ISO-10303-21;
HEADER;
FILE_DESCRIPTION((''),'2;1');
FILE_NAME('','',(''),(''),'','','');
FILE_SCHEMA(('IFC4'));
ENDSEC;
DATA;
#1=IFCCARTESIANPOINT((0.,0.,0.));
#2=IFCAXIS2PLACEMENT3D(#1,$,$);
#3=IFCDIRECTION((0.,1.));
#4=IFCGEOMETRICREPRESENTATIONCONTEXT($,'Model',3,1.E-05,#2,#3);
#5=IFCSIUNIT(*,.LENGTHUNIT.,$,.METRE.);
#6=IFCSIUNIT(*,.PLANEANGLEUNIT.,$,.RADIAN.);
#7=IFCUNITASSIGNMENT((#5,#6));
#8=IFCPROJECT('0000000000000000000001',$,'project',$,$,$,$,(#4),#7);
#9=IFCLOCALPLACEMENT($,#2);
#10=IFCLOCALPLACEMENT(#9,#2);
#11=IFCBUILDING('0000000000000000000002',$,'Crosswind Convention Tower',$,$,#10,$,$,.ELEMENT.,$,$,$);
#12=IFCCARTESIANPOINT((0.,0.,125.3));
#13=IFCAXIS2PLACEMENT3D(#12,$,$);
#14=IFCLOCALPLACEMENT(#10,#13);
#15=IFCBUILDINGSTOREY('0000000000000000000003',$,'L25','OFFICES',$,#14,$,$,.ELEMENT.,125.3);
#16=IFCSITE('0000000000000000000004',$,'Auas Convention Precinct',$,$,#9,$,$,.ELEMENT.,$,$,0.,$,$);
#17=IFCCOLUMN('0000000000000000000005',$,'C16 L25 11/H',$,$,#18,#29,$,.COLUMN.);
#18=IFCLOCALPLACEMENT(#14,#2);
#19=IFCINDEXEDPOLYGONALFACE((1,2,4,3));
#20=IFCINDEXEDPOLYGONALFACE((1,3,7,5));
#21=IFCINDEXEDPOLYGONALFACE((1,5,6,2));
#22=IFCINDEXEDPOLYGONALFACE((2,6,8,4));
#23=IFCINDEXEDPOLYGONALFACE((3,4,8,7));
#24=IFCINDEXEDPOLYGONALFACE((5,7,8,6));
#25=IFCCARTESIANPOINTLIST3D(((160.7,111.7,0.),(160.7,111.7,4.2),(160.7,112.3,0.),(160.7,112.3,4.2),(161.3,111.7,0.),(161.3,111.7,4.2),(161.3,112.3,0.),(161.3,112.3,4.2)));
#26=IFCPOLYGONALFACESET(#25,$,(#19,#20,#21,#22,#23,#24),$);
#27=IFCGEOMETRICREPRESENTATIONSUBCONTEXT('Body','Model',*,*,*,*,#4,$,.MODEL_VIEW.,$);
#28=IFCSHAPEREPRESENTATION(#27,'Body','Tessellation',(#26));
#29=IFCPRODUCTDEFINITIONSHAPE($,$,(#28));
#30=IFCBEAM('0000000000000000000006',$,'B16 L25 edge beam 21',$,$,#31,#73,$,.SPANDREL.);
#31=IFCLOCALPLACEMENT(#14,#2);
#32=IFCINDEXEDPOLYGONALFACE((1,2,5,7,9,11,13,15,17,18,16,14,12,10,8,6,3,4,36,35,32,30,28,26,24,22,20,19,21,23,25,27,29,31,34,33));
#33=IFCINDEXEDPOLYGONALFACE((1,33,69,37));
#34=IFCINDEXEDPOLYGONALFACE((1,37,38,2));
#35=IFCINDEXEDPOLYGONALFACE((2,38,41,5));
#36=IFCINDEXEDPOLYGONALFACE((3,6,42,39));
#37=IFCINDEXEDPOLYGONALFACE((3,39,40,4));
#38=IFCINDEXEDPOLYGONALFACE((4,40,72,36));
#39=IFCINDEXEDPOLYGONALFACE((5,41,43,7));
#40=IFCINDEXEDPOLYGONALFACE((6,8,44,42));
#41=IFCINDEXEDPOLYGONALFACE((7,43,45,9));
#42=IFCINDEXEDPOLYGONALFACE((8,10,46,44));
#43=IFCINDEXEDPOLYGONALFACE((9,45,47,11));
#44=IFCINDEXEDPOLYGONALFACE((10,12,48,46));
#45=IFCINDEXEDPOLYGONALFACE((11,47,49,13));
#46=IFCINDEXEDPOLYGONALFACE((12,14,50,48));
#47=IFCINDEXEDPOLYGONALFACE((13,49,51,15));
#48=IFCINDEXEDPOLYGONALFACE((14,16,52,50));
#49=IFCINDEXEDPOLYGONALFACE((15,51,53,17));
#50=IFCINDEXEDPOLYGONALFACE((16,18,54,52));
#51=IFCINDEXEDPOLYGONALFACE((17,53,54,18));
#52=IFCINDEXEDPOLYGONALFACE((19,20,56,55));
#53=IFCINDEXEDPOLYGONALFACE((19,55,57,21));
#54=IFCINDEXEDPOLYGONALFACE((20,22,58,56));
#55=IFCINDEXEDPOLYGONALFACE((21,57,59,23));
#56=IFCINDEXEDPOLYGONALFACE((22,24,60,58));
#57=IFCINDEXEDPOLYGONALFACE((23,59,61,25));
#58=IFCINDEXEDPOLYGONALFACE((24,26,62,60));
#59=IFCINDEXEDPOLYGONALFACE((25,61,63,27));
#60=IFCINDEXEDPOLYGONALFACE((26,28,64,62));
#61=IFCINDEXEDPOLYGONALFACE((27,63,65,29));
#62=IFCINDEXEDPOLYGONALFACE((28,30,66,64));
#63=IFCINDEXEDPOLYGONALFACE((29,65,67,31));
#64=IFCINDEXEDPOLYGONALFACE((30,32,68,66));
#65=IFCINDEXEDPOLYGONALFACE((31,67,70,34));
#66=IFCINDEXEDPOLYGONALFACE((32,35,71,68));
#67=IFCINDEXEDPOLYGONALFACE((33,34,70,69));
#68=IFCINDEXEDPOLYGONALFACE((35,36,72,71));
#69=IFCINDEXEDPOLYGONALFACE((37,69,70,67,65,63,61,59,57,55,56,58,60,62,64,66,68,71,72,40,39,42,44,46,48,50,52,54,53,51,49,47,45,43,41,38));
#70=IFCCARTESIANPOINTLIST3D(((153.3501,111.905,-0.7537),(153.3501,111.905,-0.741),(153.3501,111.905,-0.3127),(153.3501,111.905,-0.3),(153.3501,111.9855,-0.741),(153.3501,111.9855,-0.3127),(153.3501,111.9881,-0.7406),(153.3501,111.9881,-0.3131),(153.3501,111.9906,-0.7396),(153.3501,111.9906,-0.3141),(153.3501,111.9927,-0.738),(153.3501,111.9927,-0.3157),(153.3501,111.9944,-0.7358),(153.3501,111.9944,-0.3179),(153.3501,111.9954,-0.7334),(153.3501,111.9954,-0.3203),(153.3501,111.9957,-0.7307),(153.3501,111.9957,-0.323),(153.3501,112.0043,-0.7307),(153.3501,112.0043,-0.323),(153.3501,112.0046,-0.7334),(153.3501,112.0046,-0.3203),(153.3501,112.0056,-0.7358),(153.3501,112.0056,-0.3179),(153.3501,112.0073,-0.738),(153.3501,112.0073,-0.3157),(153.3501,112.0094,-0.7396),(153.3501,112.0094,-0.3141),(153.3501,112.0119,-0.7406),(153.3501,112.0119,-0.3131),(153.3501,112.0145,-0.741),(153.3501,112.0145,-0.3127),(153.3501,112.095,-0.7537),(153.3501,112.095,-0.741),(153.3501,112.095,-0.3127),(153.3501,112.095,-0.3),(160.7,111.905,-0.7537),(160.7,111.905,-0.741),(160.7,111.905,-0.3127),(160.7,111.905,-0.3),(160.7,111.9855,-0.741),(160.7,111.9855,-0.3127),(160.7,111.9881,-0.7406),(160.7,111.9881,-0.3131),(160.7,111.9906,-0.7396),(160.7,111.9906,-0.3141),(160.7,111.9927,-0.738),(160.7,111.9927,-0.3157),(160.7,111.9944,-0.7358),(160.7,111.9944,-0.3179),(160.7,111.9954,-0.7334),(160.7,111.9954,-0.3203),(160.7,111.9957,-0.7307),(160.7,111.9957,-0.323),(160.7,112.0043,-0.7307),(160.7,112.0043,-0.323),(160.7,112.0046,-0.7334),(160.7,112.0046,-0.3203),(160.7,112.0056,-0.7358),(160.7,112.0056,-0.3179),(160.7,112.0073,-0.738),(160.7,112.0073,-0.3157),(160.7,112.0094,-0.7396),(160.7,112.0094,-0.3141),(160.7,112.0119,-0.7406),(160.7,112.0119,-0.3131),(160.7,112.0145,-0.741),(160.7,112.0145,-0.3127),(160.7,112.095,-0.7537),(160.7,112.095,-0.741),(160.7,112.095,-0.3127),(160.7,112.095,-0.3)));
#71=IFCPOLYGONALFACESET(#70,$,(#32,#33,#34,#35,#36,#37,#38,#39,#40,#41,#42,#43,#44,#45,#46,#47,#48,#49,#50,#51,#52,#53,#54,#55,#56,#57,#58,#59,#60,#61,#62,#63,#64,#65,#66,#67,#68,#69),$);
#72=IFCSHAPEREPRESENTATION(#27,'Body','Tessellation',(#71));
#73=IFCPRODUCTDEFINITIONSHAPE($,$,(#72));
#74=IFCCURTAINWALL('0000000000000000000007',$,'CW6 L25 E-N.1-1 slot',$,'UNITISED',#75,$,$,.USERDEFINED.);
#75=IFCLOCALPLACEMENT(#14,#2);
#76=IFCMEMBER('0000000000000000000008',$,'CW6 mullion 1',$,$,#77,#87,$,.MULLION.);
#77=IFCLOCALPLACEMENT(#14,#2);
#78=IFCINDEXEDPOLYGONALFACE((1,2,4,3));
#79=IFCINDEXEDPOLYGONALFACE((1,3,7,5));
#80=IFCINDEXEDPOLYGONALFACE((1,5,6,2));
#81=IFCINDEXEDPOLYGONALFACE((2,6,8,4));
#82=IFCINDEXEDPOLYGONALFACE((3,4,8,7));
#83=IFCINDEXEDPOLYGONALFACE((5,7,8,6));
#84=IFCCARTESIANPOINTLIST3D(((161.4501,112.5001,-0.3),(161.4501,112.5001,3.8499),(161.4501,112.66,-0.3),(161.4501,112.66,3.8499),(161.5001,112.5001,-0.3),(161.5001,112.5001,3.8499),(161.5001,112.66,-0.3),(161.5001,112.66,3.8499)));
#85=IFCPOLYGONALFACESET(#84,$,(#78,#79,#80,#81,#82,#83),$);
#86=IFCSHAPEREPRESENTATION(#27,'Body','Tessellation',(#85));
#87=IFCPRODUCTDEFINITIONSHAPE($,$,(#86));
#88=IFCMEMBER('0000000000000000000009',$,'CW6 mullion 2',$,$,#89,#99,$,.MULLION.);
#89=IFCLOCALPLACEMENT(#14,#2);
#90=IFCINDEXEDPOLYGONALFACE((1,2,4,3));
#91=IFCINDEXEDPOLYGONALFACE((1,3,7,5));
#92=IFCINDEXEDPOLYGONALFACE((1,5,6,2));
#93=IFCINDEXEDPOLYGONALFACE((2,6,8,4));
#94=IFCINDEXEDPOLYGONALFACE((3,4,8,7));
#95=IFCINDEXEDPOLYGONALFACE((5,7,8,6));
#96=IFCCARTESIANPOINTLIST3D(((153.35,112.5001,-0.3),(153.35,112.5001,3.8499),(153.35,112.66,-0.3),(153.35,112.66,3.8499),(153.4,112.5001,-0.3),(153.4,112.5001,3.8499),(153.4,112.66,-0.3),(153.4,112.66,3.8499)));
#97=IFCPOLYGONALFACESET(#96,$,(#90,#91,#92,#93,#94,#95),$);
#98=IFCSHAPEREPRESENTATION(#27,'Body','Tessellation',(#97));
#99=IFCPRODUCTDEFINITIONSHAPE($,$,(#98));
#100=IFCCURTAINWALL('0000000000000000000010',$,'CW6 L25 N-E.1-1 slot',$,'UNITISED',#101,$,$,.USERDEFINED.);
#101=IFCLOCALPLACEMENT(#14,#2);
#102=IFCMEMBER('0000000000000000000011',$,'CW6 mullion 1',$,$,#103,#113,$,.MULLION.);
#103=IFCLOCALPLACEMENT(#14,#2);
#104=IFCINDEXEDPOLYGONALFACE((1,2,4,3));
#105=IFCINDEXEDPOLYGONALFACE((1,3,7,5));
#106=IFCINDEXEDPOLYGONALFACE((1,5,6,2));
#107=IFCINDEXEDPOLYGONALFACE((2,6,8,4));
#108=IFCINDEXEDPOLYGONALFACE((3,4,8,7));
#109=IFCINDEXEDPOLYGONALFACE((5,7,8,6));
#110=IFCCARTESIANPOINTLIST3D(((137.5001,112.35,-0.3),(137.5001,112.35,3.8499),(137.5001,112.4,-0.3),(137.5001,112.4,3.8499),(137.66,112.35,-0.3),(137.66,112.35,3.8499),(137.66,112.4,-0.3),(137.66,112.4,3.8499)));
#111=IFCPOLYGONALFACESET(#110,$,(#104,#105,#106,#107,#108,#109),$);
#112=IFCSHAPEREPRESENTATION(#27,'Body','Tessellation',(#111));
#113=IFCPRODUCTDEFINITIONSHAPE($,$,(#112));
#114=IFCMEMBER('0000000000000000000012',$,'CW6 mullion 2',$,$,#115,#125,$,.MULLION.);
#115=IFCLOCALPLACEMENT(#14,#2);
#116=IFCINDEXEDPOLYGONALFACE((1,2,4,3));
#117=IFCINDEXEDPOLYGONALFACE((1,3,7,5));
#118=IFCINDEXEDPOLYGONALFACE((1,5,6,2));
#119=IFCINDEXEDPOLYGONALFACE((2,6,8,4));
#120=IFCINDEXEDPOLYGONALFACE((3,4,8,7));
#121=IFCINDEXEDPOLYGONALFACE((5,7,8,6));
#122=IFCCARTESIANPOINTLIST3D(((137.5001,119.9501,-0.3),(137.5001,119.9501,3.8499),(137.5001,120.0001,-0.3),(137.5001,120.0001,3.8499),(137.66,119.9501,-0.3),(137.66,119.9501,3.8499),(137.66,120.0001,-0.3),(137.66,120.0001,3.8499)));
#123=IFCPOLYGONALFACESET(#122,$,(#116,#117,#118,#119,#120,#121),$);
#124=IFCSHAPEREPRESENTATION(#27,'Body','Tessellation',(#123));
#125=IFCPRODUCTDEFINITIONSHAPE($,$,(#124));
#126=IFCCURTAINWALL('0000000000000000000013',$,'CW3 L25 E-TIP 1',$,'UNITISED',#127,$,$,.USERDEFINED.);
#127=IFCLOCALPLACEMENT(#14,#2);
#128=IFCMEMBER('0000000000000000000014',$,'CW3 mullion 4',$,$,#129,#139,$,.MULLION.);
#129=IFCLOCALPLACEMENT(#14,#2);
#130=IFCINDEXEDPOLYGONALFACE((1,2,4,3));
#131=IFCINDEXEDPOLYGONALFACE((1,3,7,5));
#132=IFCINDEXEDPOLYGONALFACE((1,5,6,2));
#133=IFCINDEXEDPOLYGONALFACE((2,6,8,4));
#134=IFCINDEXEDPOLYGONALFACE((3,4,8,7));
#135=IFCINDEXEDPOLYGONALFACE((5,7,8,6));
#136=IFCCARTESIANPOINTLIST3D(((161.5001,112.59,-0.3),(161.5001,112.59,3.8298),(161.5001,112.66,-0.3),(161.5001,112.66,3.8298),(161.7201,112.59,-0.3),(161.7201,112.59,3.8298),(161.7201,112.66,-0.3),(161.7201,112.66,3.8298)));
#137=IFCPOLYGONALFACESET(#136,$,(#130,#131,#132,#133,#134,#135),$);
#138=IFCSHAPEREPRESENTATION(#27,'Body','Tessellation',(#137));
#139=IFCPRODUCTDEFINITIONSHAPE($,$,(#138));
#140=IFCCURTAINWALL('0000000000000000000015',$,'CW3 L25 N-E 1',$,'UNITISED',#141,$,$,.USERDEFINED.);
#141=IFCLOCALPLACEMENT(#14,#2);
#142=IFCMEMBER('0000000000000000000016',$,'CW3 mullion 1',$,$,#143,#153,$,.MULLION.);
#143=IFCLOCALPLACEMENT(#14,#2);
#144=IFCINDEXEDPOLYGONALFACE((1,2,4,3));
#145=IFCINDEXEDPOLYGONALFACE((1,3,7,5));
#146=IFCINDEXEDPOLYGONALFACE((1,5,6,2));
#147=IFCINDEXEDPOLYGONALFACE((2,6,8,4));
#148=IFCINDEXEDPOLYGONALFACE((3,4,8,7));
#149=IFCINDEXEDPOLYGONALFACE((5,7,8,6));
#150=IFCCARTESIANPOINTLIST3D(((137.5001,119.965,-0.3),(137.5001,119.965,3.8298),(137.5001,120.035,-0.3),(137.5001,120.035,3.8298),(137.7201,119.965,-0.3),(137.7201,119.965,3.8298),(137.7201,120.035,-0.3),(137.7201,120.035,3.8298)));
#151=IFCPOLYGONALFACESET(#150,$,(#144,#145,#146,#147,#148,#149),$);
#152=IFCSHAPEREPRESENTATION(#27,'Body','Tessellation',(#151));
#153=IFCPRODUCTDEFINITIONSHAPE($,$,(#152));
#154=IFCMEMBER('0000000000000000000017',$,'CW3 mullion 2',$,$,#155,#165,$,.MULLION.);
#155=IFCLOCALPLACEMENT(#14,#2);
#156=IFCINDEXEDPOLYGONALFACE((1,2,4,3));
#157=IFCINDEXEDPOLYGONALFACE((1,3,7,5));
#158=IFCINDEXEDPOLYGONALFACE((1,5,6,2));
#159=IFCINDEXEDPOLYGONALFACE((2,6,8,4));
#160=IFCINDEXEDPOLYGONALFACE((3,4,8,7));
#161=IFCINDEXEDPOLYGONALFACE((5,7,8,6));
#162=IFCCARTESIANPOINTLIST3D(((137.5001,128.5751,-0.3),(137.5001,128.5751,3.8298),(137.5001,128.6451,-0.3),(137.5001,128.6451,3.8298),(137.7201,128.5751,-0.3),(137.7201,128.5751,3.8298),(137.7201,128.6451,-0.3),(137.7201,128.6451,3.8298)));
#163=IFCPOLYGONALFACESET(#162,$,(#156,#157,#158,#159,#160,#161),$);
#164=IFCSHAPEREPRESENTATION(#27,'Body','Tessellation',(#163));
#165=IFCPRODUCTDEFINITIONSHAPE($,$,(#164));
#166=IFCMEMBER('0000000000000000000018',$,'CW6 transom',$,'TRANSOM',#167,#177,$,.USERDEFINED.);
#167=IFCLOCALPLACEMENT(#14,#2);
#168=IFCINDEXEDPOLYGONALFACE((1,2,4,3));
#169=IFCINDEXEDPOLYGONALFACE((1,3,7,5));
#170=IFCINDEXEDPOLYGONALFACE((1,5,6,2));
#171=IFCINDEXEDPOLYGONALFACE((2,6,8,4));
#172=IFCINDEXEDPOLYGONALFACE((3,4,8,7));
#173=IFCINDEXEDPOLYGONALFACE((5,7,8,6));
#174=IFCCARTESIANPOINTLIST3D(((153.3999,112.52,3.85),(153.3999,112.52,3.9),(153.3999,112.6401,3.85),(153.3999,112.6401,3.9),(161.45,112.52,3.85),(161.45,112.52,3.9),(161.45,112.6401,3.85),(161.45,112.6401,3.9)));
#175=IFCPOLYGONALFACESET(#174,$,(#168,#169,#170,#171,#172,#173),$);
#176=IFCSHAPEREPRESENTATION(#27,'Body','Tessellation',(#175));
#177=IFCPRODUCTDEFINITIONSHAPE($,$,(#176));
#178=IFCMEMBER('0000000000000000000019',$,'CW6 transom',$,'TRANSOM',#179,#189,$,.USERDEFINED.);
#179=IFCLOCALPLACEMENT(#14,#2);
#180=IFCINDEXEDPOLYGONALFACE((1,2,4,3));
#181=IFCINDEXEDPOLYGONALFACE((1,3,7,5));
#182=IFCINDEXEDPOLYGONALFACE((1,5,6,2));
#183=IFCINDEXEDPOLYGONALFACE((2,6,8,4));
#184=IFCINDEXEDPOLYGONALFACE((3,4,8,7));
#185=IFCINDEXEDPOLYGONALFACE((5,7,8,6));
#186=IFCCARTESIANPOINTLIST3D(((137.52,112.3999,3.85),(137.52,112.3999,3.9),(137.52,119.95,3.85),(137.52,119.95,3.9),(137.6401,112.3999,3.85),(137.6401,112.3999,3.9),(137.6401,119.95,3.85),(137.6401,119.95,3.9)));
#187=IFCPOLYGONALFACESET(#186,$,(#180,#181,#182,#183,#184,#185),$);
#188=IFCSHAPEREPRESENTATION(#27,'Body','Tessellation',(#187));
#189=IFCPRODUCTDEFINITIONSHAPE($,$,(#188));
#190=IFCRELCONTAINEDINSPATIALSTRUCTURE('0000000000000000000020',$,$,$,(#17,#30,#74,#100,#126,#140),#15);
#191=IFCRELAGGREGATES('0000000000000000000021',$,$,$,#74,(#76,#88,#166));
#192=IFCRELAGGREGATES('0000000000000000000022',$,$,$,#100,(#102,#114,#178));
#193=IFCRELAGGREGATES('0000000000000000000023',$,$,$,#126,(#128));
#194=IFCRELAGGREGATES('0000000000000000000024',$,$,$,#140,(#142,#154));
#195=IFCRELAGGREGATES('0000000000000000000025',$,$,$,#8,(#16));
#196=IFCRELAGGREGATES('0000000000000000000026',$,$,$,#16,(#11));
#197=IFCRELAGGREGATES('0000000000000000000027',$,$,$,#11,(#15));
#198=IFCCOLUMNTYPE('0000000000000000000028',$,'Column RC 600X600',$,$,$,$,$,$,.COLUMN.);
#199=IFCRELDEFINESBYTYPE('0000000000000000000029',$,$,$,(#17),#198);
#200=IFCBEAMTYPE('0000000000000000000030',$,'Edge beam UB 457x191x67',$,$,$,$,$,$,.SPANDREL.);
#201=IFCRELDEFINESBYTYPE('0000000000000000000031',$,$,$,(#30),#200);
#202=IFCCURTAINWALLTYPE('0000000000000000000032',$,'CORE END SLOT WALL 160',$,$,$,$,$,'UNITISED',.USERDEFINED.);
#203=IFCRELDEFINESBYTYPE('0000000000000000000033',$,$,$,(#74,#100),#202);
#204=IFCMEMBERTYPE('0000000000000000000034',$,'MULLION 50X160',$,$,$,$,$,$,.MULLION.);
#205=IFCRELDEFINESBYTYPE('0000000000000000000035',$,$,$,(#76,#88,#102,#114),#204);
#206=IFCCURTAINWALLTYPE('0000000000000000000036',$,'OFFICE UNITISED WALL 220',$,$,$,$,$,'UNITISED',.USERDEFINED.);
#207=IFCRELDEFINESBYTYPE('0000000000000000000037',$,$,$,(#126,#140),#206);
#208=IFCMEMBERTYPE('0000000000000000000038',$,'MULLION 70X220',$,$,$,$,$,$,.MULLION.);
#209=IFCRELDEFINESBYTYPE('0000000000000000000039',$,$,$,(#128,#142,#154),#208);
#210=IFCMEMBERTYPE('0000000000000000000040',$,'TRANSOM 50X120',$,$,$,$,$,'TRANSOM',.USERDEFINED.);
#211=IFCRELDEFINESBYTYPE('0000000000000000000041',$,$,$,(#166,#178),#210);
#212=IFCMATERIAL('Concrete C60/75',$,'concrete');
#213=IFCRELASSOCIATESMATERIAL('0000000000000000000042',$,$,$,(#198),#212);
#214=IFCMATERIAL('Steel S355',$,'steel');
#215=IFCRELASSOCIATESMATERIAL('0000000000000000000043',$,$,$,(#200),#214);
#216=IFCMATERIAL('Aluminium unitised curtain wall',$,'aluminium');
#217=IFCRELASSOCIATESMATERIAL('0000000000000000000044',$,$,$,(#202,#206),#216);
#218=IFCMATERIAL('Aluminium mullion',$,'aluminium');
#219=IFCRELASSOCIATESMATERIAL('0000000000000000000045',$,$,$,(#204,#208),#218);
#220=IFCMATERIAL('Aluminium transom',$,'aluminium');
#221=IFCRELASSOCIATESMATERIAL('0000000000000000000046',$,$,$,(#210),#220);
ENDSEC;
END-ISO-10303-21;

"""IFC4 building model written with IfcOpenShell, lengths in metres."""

from ifc_helpers import new_model, si_unit, direction, frame, origin, origin_2d, place, context, subcontext, project, spatial, rectangle, i_section, extrude, material, material_profile, profile_set, type_object, element, aggregate, save


model = new_model("IFC4")

# Units and contexts
model_context = context("Model", 3, precision=1e-05, world=origin(), true_north=direction((0.0, 1.0)))
body_context = subcontext(model_context, "Body", "Model", "MODEL_VIEW")
ifc_project = project(units=[si_unit("LENGTHUNIT", "METRE"), si_unit("PLANEANGLEUNIT", "RADIAN")], contexts=[model_context])

# Site, building, storey
site_placement = place(None, origin())
site = spatial("IfcSite", under=ifc_project, at=site_placement, Name="Auas Convention Precinct", CompositionType="ELEMENT", RefElevation=0.0)
building_placement = place(site_placement, origin())
building = spatial("IfcBuilding", under=site, at=building_placement, Name="Crosswind Convention Tower", CompositionType="ELEMENT")
storey_placement = place(building_placement, frame((0.0, 0.0, 125.3)))
storey = spatial("IfcBuildingStorey", under=building, at=storey_placement, Name="L25", Description="OFFICES", CompositionType="ELEMENT", Elevation=125.3)

# Column
ifc_material_1 = material(Name="Concrete C60/75", Category="concrete")
ifc_material_profile_1 = material_profile(ifc_material_1, rectangle(XDim=0.6001, YDim=0.6001, at=origin_2d()), Name="RC 600X600")
ifc_profile_set_1 = profile_set([ifc_material_profile_1], Name="Concrete C60/75")
column_type = type_object("IfcColumnType", Name="Column RC 600X600", PredefinedType="COLUMN", material=ifc_profile_set_1)
column_placement = place(storey_placement, frame((161.0, 112.0, 0.0), z_axis=(0.0, 0.0, 1.0), x_axis=(1.0, 0.0, 0.0)))
element("IfcColumn", 1, at=column_placement, inside=storey, type_object=column_type, Name="C16 L25 11/H", PredefinedType="COLUMN", context=body_context, shape_type="SweptSolid", body=[
    extrude(rectangle(XDim=0.6001, YDim=0.6001, at=origin_2d()), origin(), (0.0, 0.0, 1.0), 4.2),
])

# Beam
ifc_material_2 = material(Name="Steel S355", Category="steel")
ifc_material_profile_2 = material_profile(ifc_material_2, i_section(OverallWidth=0.1899, OverallDepth=0.4536, WebThickness=0.0085, FlangeThickness=0.0127, FilletRadius=0.0103, at=origin_2d()), Name="UB 457x191x67")
ifc_profile_set_2 = profile_set([ifc_material_profile_2], Name="Steel S355")
beam_type = type_object("IfcBeamType", Name="Edge beam UB 457x191x67", PredefinedType="SPANDREL", material=ifc_profile_set_2)
beam_placement = place(storey_placement, frame((153.3501, 112.0, -0.5269), z_axis=(1.0, 0.0, 0.0), x_axis=(0.0, 1.0, 0.0)))
element("IfcBeam", 2, at=beam_placement, inside=storey, type_object=beam_type, Name="B16 L25 edge beam 21", PredefinedType="SPANDREL", context=body_context, shape_type="SweptSolid", body=[
    extrude(i_section(OverallWidth=0.1899, OverallDepth=0.4536, WebThickness=0.0085, FlangeThickness=0.0127, FilletRadius=0.0103, at=origin_2d()), origin(), (0.0, 0.0, 1.0), 7.3499),
])

# Curtain walls, members
ifc_material_3 = material(Name="Aluminium unitised curtain wall", Category="aluminium")
curtain_wall_type_1 = type_object("IfcCurtainWallType", Name="CORE END SLOT WALL 160", ElementType="UNITISED", PredefinedType="USERDEFINED", material=ifc_material_3)
curtain_wall_1_placement = place(storey_placement, origin())
curtain_wall_1 = element("IfcCurtainWall", 3, at=curtain_wall_1_placement, inside=storey, type_object=curtain_wall_type_1, Name="CW6 L25 E-N.1-1 slot", ObjectType="UNITISED", PredefinedType="USERDEFINED")
ifc_material_4 = material(Name="Aluminium mullion", Category="aluminium")
ifc_material_profile_3 = material_profile(ifc_material_4, rectangle(XDim=0.1599, YDim=0.05, at=origin_2d()), Name="AL 160X50")
ifc_profile_set_3 = profile_set([ifc_material_profile_3], Name="Aluminium mullion")
member_type_1 = type_object("IfcMemberType", Name="MULLION 50X160", PredefinedType="MULLION", material=ifc_profile_set_3)
member_1_placement = place(storey_placement, frame((161.4751, 112.5801, -0.3), z_axis=(0.0, 0.0, 1.0), x_axis=(0.0, 1.0, 0.0)))
member_1 = element("IfcMember", 4, at=member_1_placement, type_object=member_type_1, Name="CW6 mullion 1", PredefinedType="MULLION", context=body_context, shape_type="SweptSolid", body=[
    extrude(rectangle(XDim=0.1599, YDim=0.05, at=origin_2d()), origin(), (0.0, 0.0, 1.0), 4.1499),
])
member_2_placement = place(storey_placement, frame((153.375, 112.5801, -0.3), z_axis=(0.0, 0.0, 1.0), x_axis=(0.0, 1.0, 0.0)))
member_2 = element("IfcMember", 5, at=member_2_placement, type_object=member_type_1, Name="CW6 mullion 2", PredefinedType="MULLION", context=body_context, shape_type="SweptSolid", body=[
    extrude(rectangle(XDim=0.1599, YDim=0.05, at=origin_2d()), origin(), (0.0, 0.0, 1.0), 4.1499),
])
curtain_wall_2_placement = place(storey_placement, origin())
curtain_wall_2 = element("IfcCurtainWall", 6, at=curtain_wall_2_placement, inside=storey, type_object=curtain_wall_type_1, Name="CW6 L25 N-E.1-1 slot", ObjectType="UNITISED", PredefinedType="USERDEFINED")
member_3_placement = place(storey_placement, frame((137.5801, 112.375, -0.3), z_axis=(0.0, 0.0, 1.0), x_axis=(1.0, 0.0, 0.0)))
member_3 = element("IfcMember", 7, at=member_3_placement, type_object=member_type_1, Name="CW6 mullion 1", PredefinedType="MULLION", context=body_context, shape_type="SweptSolid", body=[
    extrude(rectangle(XDim=0.1599, YDim=0.05, at=origin_2d()), origin(), (0.0, 0.0, 1.0), 4.1499),
])
member_4_placement = place(storey_placement, frame((137.5801, 119.9751, -0.3), z_axis=(0.0, 0.0, 1.0), x_axis=(1.0, 0.0, 0.0)))
member_4 = element("IfcMember", 8, at=member_4_placement, type_object=member_type_1, Name="CW6 mullion 2", PredefinedType="MULLION", context=body_context, shape_type="SweptSolid", body=[
    extrude(rectangle(XDim=0.1599, YDim=0.05, at=origin_2d()), origin(), (0.0, 0.0, 1.0), 4.1499),
])

# Curtain wall, member
curtain_wall_type_2 = type_object("IfcCurtainWallType", Name="OFFICE UNITISED WALL 220", ElementType="UNITISED", PredefinedType="USERDEFINED", material=ifc_material_3)
curtain_wall_3_placement = place(storey_placement, origin())
curtain_wall_3 = element("IfcCurtainWall", 9, at=curtain_wall_3_placement, inside=storey, type_object=curtain_wall_type_2, Name="CW3 L25 E-TIP 1", ObjectType="UNITISED", PredefinedType="USERDEFINED")
ifc_material_profile_4 = material_profile(ifc_material_4, rectangle(XDim=0.22, YDim=0.0701, at=origin_2d()), Name="AL 220X70")
ifc_profile_set_4 = profile_set([ifc_material_profile_4], Name="Aluminium mullion")
member_type_2 = type_object("IfcMemberType", Name="MULLION 70X220", PredefinedType="MULLION", material=ifc_profile_set_4)
member_5_placement = place(storey_placement, frame((161.6101, 112.625, -0.3), z_axis=(0.0, 0.0, 1.0), x_axis=(1.0, 0.0, 0.0)))
member_5 = element("IfcMember", 10, at=member_5_placement, type_object=member_type_2, Name="CW3 mullion 4", PredefinedType="MULLION", context=body_context, shape_type="SweptSolid", body=[
    extrude(rectangle(XDim=0.22, YDim=0.0701, at=origin_2d()), origin(), (0.0, 0.0, 1.0), 4.1299),
])

# Curtain wall, members
curtain_wall_4_placement = place(storey_placement, origin())
curtain_wall_4 = element("IfcCurtainWall", 11, at=curtain_wall_4_placement, inside=storey, type_object=curtain_wall_type_2, Name="CW3 L25 N-E 1", ObjectType="UNITISED", PredefinedType="USERDEFINED")
member_6_placement = place(storey_placement, frame((137.6101, 120.0, -0.3), z_axis=(0.0, 0.0, 1.0), x_axis=(1.0, 0.0, 0.0)))
member_6 = element("IfcMember", 12, at=member_6_placement, type_object=member_type_2, Name="CW3 mullion 1", PredefinedType="MULLION", context=body_context, shape_type="SweptSolid", body=[
    extrude(rectangle(XDim=0.22, YDim=0.0701, at=origin_2d()), origin(), (0.0, 0.0, 1.0), 4.1299),
])
member_7_placement = place(storey_placement, frame((137.6101, 128.6101, -0.3), z_axis=(0.0, 0.0, 1.0), x_axis=(1.0, 0.0, 0.0)))
member_7 = element("IfcMember", 13, at=member_7_placement, type_object=member_type_2, Name="CW3 mullion 2", PredefinedType="MULLION", context=body_context, shape_type="SweptSolid", body=[
    extrude(rectangle(XDim=0.22, YDim=0.0701, at=origin_2d()), origin(), (0.0, 0.0, 1.0), 4.1299),
])

# Members
ifc_material_5 = material(Name="Aluminium transom", Category="aluminium")
ifc_material_profile_5 = material_profile(ifc_material_5, rectangle(XDim=0.1201, YDim=0.05, at=origin_2d()), Name="AL 120X50")
ifc_profile_set_5 = profile_set([ifc_material_profile_5], Name="Aluminium transom")
member_type_3 = type_object("IfcMemberType", Name="TRANSOM 50X120", ElementType="TRANSOM", PredefinedType="USERDEFINED", material=ifc_profile_set_5)
member_8_placement = place(storey_placement, frame((161.45, 112.5801, 3.875), z_axis=(-1.0, 0.0, 0.0), x_axis=(0.0, -1.0, 0.0)))
member_8 = element("IfcMember", 14, at=member_8_placement, type_object=member_type_3, Name="CW6 transom", ObjectType="TRANSOM", PredefinedType="USERDEFINED", context=body_context, shape_type="SweptSolid", body=[
    extrude(rectangle(XDim=0.1201, YDim=0.05, at=origin_2d()), origin(), (0.0, 0.0, 1.0), 8.05),
])
member_9_placement = place(storey_placement, frame((137.5801, 112.3999, 3.875), z_axis=(0.0, 1.0, 0.0), x_axis=(-1.0, 0.0, 0.0)))
member_9 = element("IfcMember", 15, at=member_9_placement, type_object=member_type_3, Name="CW6 transom", ObjectType="TRANSOM", PredefinedType="USERDEFINED", context=body_context, shape_type="SweptSolid", body=[
    extrude(rectangle(XDim=0.1201, YDim=0.05, at=origin_2d()), origin(), (0.0, 0.0, 1.0), 7.55),
])

aggregate(curtain_wall_1, [member_1, member_2, member_8])
aggregate(curtain_wall_2, [member_3, member_4, member_9])
aggregate(curtain_wall_3, [member_5])

aggregate(curtain_wall_4, [member_6, member_7])

save(model, "model.ifc")
